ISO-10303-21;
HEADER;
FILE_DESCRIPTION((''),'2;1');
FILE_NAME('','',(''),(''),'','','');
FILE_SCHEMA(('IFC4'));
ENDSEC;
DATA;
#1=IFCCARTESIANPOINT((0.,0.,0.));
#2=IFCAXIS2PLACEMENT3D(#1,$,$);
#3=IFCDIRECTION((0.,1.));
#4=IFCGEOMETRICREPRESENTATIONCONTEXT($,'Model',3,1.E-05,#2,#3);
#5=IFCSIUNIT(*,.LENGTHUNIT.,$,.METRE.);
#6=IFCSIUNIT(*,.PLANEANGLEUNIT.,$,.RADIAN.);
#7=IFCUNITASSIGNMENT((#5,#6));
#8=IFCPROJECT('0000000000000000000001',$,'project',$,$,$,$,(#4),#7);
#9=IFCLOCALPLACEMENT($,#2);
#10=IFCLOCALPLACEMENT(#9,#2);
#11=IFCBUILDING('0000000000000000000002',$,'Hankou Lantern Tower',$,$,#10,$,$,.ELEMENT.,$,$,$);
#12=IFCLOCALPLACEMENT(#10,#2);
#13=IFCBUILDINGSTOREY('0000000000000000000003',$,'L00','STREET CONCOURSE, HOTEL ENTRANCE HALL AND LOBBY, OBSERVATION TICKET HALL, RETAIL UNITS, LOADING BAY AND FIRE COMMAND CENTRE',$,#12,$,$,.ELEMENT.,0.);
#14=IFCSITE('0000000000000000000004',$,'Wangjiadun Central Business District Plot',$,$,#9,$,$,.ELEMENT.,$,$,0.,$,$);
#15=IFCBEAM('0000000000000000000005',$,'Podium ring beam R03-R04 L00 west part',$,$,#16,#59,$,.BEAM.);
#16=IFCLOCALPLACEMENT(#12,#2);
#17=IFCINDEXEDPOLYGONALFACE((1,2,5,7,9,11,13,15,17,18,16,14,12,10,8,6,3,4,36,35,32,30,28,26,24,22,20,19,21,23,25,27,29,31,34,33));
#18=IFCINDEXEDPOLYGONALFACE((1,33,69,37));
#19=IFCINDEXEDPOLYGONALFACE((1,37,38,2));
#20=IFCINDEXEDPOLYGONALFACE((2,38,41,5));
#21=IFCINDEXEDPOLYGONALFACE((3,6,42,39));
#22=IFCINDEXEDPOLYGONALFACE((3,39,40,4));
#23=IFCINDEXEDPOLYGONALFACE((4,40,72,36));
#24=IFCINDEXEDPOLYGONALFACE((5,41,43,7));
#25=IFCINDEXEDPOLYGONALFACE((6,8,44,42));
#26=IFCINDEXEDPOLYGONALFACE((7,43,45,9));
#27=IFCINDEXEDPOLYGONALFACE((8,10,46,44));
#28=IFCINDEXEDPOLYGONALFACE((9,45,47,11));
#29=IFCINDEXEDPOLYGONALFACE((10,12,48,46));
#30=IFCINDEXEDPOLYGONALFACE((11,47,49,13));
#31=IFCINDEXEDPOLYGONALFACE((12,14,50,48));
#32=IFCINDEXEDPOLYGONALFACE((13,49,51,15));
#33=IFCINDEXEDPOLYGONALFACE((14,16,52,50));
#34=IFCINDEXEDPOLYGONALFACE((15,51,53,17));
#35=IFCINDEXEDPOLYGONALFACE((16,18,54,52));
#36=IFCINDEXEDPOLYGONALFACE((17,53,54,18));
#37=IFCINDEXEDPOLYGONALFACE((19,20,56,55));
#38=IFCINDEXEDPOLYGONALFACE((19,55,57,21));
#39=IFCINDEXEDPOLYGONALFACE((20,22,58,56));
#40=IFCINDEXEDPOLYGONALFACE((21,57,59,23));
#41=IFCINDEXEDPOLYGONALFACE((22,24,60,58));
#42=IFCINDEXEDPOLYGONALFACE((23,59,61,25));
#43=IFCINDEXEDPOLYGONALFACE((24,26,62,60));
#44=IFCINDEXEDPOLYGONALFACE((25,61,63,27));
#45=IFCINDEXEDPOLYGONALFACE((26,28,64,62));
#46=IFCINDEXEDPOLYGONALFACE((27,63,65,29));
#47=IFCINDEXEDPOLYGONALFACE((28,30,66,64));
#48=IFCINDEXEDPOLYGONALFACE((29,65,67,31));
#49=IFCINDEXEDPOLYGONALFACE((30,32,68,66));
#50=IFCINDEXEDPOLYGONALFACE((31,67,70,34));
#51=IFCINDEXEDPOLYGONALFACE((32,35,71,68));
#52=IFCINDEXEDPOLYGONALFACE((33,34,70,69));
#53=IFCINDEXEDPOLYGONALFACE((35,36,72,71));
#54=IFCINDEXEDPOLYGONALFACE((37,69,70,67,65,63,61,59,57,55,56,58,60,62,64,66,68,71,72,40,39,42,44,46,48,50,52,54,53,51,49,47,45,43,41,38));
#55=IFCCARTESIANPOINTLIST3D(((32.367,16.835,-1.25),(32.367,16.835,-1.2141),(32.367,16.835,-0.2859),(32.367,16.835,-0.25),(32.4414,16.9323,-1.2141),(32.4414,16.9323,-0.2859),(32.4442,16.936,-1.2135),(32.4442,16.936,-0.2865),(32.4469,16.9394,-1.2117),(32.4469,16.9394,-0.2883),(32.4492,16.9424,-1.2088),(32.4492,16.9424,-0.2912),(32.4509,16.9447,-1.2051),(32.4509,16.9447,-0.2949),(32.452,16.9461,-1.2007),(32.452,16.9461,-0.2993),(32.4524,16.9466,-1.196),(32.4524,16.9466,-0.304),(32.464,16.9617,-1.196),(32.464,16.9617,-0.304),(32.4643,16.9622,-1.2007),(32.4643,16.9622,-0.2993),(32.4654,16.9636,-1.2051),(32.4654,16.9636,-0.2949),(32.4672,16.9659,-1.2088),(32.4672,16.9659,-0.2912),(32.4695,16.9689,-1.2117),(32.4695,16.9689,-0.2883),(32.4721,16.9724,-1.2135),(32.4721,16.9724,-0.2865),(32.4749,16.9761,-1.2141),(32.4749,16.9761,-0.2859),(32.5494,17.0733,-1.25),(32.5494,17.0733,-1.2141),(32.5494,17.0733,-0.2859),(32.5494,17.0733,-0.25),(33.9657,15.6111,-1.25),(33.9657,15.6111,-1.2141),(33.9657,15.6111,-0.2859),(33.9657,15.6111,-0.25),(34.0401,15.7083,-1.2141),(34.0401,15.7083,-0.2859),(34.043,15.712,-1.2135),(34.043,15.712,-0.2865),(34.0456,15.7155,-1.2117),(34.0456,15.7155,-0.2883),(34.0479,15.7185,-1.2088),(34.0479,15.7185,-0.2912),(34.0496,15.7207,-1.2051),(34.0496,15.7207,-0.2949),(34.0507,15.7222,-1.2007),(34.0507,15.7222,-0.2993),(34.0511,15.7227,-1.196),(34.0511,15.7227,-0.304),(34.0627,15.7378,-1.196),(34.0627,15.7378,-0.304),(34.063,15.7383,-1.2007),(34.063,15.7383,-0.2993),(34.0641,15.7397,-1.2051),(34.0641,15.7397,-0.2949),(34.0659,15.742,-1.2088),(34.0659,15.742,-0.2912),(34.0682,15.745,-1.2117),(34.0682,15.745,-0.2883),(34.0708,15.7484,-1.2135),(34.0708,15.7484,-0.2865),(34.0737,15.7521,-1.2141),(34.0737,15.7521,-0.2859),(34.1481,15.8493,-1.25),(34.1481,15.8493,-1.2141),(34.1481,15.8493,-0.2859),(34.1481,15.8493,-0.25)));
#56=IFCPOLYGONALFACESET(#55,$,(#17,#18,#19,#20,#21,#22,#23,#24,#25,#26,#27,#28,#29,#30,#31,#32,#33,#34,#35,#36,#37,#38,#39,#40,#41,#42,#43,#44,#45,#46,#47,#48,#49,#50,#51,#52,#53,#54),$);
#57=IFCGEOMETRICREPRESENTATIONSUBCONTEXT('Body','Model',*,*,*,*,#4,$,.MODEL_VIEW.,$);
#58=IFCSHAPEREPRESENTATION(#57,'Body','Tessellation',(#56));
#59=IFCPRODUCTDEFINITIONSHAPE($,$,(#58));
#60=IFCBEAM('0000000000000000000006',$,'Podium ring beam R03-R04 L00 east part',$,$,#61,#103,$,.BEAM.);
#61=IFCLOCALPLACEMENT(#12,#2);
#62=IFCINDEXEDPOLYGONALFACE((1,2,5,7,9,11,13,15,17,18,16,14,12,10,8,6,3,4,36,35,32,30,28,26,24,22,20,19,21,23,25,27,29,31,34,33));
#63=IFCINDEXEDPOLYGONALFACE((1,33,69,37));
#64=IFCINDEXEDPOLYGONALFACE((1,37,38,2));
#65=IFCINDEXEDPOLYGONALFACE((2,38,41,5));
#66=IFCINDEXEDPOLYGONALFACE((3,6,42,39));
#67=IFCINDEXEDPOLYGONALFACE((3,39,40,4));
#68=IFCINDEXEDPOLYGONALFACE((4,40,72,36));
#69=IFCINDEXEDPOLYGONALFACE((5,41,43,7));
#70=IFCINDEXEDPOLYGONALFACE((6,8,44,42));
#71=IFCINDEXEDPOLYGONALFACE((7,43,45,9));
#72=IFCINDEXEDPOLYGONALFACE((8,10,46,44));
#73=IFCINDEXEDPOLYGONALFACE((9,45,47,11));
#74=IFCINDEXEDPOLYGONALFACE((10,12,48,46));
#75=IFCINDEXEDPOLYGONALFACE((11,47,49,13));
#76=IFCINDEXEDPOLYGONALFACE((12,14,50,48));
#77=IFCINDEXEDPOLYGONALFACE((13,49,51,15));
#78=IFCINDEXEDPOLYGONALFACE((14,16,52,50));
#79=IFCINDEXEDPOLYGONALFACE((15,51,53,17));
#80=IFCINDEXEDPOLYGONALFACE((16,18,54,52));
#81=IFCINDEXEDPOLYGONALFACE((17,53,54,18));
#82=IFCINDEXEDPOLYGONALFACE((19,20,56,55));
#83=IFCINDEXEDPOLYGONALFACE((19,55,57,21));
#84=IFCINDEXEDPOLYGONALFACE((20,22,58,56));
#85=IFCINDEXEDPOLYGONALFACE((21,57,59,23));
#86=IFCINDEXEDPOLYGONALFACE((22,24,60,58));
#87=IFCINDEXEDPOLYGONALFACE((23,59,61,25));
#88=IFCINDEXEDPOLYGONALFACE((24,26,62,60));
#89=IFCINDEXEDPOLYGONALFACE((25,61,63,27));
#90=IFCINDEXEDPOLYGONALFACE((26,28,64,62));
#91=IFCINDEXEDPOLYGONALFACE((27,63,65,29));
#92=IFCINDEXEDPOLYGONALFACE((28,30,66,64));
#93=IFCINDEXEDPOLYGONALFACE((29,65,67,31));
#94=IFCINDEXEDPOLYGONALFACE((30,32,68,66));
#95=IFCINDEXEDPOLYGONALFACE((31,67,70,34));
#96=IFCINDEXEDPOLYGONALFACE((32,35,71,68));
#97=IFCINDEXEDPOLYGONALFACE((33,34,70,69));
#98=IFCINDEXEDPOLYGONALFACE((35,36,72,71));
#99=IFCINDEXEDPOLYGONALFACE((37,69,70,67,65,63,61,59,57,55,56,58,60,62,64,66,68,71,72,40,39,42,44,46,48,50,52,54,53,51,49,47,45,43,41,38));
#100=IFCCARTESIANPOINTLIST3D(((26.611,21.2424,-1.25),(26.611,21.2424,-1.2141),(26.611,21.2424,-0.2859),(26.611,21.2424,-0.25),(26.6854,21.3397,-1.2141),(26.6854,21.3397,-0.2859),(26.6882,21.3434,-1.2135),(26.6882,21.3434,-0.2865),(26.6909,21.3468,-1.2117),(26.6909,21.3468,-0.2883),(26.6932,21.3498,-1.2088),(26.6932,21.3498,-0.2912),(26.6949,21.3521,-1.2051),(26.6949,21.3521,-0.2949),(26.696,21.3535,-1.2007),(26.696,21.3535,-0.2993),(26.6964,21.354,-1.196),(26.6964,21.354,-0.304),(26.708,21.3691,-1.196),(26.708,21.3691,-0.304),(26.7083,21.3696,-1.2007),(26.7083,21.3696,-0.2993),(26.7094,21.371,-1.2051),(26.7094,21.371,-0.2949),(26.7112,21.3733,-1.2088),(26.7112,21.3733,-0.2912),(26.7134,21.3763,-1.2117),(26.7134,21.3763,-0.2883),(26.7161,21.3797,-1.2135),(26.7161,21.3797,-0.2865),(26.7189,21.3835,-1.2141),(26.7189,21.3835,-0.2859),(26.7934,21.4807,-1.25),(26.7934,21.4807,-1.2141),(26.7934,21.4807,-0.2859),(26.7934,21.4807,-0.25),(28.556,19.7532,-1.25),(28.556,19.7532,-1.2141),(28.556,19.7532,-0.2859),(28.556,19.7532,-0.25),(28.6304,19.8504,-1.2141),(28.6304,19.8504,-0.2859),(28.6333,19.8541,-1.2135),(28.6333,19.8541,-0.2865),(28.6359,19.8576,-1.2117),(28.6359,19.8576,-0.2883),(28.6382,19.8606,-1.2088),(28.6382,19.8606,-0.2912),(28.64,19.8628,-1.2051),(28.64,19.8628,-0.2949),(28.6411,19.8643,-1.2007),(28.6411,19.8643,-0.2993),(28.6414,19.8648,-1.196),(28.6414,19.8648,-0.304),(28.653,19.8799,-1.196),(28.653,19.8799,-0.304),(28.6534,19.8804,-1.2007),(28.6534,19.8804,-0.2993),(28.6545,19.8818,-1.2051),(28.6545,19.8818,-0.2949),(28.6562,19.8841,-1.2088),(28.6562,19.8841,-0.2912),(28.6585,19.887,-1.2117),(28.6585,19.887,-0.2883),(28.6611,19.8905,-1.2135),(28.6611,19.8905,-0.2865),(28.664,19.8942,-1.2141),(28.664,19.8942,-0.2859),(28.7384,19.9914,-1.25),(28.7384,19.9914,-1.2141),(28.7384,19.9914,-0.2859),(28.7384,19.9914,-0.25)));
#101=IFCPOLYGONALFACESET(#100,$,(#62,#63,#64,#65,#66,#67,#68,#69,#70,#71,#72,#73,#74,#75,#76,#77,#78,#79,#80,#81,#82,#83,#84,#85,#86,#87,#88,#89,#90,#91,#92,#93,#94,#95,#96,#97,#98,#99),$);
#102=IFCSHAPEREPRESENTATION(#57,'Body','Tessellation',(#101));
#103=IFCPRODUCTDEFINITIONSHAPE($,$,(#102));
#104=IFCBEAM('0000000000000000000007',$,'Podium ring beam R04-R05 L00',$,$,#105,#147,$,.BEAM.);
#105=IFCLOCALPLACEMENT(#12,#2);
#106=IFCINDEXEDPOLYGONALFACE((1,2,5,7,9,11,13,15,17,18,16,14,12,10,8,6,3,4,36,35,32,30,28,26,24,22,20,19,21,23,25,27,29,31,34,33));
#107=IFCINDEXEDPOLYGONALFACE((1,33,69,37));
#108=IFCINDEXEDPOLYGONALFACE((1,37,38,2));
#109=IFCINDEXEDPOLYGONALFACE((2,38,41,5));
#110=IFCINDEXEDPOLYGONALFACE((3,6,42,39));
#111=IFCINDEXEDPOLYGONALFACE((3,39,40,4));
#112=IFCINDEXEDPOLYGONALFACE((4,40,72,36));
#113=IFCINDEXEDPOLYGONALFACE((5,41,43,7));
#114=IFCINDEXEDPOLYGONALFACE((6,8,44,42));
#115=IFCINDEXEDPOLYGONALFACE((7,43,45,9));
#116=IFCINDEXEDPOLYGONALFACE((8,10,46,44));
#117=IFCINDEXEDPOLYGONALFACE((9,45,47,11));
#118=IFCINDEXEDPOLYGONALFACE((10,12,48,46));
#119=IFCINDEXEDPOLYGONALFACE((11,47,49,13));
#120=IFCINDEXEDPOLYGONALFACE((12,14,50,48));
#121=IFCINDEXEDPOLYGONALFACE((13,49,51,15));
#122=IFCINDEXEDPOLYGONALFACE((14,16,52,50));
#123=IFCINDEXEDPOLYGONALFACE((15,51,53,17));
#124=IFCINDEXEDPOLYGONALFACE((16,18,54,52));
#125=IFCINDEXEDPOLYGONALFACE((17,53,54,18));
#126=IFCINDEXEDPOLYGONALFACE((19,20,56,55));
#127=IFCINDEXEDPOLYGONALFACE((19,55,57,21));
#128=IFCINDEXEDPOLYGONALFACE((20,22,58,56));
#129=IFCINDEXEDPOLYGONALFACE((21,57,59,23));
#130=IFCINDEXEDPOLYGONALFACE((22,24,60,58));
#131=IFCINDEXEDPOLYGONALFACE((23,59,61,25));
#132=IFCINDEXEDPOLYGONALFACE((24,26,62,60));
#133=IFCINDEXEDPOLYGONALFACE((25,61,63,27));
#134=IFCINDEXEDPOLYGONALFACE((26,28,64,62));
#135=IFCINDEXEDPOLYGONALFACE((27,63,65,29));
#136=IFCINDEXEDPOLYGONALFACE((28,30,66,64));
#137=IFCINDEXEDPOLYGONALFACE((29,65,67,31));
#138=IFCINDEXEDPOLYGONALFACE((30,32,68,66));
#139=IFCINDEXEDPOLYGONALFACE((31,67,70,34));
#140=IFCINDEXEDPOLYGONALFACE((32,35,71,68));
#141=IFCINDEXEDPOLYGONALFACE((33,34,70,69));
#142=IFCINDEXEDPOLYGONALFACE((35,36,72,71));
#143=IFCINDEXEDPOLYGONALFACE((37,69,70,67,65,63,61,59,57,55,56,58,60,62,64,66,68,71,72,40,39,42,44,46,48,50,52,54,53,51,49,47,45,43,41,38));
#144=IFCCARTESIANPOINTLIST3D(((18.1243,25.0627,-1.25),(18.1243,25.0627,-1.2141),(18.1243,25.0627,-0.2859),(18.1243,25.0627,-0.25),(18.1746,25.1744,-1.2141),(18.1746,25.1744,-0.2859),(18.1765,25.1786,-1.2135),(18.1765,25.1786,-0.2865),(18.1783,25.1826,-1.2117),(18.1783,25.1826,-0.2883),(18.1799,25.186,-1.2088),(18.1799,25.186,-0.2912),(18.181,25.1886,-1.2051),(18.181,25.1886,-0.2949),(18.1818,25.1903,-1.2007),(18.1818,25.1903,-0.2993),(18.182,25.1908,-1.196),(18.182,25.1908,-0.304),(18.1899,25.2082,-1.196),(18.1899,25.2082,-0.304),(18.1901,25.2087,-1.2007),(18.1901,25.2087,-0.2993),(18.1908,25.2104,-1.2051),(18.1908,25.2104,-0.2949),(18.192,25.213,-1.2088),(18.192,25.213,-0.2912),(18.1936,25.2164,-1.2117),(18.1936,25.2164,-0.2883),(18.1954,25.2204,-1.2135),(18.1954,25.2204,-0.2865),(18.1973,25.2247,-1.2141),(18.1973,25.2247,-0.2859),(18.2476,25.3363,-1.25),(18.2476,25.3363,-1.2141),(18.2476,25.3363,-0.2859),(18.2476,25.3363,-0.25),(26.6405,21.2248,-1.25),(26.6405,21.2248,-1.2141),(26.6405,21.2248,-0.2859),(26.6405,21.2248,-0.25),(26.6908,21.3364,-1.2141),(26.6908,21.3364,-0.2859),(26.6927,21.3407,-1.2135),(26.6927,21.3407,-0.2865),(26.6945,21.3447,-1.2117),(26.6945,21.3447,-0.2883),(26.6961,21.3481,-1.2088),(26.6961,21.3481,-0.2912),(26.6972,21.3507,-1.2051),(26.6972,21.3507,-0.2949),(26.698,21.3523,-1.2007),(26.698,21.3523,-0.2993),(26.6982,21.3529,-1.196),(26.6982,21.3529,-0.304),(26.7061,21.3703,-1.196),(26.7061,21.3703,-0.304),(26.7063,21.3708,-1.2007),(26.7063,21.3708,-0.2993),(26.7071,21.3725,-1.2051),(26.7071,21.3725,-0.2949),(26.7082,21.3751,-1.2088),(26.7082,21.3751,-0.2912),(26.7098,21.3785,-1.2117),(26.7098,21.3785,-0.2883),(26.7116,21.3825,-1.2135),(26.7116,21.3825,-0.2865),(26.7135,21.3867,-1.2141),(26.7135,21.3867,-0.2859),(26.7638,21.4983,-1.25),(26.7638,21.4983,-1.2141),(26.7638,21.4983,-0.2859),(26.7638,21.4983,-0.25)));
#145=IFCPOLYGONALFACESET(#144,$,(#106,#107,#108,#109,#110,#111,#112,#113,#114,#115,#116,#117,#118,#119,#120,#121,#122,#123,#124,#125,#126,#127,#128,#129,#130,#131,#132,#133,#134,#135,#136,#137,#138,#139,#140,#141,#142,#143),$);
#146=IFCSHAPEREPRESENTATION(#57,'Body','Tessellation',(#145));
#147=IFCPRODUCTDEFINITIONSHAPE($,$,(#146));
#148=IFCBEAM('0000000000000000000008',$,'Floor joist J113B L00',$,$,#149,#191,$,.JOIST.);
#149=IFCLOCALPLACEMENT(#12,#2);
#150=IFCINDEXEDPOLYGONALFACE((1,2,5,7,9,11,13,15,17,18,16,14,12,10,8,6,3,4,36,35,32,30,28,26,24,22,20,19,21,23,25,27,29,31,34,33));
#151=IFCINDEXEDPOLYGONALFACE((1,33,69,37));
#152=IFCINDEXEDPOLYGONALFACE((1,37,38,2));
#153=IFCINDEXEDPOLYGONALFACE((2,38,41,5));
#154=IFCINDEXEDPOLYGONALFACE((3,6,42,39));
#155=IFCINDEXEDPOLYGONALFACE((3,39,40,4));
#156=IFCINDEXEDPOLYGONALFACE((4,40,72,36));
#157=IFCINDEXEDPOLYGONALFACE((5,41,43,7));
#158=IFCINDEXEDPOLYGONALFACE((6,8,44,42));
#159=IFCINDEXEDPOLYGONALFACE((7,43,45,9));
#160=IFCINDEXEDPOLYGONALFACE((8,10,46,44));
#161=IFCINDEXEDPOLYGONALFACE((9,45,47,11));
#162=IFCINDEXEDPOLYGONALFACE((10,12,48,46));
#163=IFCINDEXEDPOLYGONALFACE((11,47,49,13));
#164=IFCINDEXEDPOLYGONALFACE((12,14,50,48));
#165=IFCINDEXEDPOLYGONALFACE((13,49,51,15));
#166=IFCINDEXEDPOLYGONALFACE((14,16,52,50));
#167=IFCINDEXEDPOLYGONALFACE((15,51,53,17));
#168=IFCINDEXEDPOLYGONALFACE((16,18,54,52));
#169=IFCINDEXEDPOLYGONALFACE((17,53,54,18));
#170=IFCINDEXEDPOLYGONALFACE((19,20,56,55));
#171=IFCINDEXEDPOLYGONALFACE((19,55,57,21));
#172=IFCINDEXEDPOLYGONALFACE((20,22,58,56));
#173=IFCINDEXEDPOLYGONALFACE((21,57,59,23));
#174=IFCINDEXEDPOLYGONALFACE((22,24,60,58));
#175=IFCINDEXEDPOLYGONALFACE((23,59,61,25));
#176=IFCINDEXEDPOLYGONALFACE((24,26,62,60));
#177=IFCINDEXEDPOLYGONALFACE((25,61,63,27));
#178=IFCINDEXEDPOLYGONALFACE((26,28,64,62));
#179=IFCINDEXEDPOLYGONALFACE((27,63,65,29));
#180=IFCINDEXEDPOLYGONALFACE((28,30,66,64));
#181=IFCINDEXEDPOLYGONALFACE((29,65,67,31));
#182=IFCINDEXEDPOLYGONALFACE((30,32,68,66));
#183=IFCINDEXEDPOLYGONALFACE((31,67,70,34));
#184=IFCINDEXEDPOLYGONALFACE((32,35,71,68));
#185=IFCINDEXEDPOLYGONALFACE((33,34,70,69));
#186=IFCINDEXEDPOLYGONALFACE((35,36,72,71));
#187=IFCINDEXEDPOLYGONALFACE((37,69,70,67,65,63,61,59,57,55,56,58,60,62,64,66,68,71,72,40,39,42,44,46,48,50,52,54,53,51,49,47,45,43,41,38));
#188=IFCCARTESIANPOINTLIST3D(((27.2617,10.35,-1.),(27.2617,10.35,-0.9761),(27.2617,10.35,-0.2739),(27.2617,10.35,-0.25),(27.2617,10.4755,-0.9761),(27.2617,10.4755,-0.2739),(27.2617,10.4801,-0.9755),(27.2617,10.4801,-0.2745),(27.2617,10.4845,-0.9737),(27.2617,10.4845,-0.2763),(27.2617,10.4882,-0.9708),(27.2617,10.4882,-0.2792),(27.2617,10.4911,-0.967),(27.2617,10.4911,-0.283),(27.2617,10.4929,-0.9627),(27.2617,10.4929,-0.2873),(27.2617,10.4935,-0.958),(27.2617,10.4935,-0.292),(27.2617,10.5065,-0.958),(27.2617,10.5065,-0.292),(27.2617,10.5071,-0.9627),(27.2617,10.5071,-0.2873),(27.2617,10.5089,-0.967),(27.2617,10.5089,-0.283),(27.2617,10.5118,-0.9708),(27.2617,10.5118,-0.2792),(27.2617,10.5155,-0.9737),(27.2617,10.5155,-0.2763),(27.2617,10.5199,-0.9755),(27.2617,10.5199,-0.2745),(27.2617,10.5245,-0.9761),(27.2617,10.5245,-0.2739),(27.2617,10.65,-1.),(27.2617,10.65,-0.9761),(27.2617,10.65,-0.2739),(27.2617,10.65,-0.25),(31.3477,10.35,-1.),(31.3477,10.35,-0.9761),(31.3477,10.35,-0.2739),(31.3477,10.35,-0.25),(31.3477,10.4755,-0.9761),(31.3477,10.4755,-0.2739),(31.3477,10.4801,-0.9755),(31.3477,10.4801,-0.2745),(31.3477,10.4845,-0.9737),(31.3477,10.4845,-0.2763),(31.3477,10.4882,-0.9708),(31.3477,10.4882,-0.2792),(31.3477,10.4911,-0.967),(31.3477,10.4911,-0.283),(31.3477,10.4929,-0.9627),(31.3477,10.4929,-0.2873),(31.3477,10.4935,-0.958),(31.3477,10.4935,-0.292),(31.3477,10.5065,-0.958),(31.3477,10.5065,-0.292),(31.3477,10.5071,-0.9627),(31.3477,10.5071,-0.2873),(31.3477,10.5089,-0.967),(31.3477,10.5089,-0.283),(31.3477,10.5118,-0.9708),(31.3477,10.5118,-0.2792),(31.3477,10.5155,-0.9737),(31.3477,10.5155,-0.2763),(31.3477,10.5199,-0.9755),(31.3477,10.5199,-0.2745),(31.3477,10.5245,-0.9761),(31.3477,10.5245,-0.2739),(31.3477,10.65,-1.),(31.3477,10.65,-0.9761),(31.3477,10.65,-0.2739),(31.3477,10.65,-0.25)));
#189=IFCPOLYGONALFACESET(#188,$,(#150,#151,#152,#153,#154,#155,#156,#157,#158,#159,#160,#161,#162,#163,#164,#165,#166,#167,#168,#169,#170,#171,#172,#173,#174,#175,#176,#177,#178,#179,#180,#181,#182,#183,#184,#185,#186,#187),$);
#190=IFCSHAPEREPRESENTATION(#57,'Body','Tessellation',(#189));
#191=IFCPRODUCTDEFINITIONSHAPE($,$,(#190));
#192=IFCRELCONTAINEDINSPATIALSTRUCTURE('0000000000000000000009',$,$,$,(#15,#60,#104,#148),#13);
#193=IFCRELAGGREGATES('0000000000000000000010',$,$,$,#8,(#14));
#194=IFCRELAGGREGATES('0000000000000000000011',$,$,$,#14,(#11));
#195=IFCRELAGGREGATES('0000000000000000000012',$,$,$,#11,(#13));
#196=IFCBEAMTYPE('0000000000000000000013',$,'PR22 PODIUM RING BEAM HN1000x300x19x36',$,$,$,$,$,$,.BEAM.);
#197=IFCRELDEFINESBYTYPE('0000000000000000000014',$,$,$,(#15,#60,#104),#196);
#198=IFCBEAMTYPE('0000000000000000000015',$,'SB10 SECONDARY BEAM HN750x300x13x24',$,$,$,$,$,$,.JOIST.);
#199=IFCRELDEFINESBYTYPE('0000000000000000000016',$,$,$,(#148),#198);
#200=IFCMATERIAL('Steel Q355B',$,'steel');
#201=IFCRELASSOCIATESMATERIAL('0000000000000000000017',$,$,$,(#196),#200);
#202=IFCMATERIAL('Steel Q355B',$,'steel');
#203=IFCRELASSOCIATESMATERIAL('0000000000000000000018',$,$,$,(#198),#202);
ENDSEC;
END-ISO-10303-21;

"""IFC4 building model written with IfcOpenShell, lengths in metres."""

from ifc_helpers import new_model, si_unit, direction, frame, origin, origin_2d, place, context, subcontext, project, spatial, i_section, extrude, material, material_profile, profile_set, type_object, element, save


model = new_model("IFC4")

# Units and contexts
model_context = context("Model", 3, precision=1e-05, world=origin(), true_north=direction((0.0, 1.0)))
body_context = subcontext(model_context, "Body", "Model", "MODEL_VIEW")
ifc_project = project(units=[si_unit("LENGTHUNIT", "METRE"), si_unit("PLANEANGLEUNIT", "RADIAN")], contexts=[model_context])

# Site, building, storey
site_placement = place(None, origin())
site = spatial("IfcSite", under=ifc_project, at=site_placement, Name="Wangjiadun Central Business District Plot", CompositionType="ELEMENT", RefElevation=0.0)
building_placement = place(site_placement, origin())
building = spatial("IfcBuilding", under=site, at=building_placement, Name="Hankou Lantern Tower", CompositionType="ELEMENT")
storey_placement = place(building_placement, origin())
storey = spatial("IfcBuildingStorey", under=building, at=storey_placement, Name="L00", Description="STREET CONCOURSE, HOTEL ENTRANCE HALL AND LOBBY, OBSERVATION TICKET HALL, RETAIL UNITS, LOADING BAY AND FIRE COMMAND CENTRE", CompositionType="ELEMENT", Elevation=0.0)

# Beams
ifc_material_1 = material(Name="Steel Q355B", Category="steel")
ifc_material_profile_1 = material_profile(ifc_material_1, i_section(OverallWidth=0.3, OverallDepth=1.0, WebThickness=0.019, FlangeThickness=0.0359, FilletRadius=0.0181, at=origin_2d()), Name="HN1000x300x19x36")
ifc_profile_set_1 = profile_set([ifc_material_profile_1], Name="Steel Q355B")
beam_type_1 = type_object("IfcBeamType", Name="PR22 PODIUM RING BEAM HN1000x300x19x36", PredefinedType="BEAM", material=ifc_profile_set_1)
beam_1_placement = place(storey_placement, frame((34.0569, 15.7302, -0.75), z_axis=(-0.794024, 0.607887, 0.0), x_axis=(-0.607887, -0.794024, 0.0)))
element("IfcBeam", 1, at=beam_1_placement, inside=storey, type_object=beam_type_1, Name="Podium ring beam R03-R04 L00 west part", PredefinedType="BEAM", context=body_context, shape_type="SweptSolid", body=[
    extrude(i_section(OverallWidth=0.3, OverallDepth=1.0, WebThickness=0.019, FlangeThickness=0.0359, FilletRadius=0.0181, at=origin_2d()), origin(), (0.0, 0.0, 1.0), 2.0134),
])
beam_2_placement = place(storey_placement, frame((28.6472, 19.8723, -0.75), z_axis=(-0.793993, 0.607927, 0.0), x_axis=(-0.607927, -0.793993, 0.0)))
element("IfcBeam", 2, at=beam_2_placement, inside=storey, type_object=beam_type_1, Name="Podium ring beam R03-R04 L00 east part", PredefinedType="BEAM", context=body_context, shape_type="SweptSolid", body=[
    extrude(i_section(OverallWidth=0.3, OverallDepth=1.0, WebThickness=0.019, FlangeThickness=0.0359, FilletRadius=0.0181, at=origin_2d()), origin(), (0.0, 0.0, 1.0), 2.4497),
])
beam_3_placement = place(storey_placement, frame((26.7021, 21.3616, -0.75), z_axis=(-0.911695, 0.410867, 0.0), x_axis=(-0.410867, -0.911695, 0.0)))
element("IfcBeam", 3, at=beam_3_placement, inside=storey, type_object=beam_type_1, Name="Podium ring beam R04-R05 L00", PredefinedType="BEAM", context=body_context, shape_type="SweptSolid", body=[
    extrude(i_section(OverallWidth=0.3, OverallDepth=1.0, WebThickness=0.019, FlangeThickness=0.0359, FilletRadius=0.0181, at=origin_2d()), origin(), (0.0, 0.0, 1.0), 9.3411),
])
ifc_material_2 = material(Name="Steel Q355B", Category="steel")
ifc_material_profile_2 = material_profile(ifc_material_2, i_section(OverallWidth=0.3, OverallDepth=0.75, WebThickness=0.0129, FlangeThickness=0.0239, FilletRadius=0.0181, at=origin_2d()), Name="HN750x300x13x24")
ifc_profile_set_2 = profile_set([ifc_material_profile_2], Name="Steel Q355B")
beam_type_2 = type_object("IfcBeamType", Name="SB10 SECONDARY BEAM HN750x300x13x24", PredefinedType="JOIST", material=ifc_profile_set_2)
beam_4_placement = place(storey_placement, frame((27.2617, 10.5, -0.625), z_axis=(1.0, 0.0, 0.0), x_axis=(0.0, 1.0, 0.0)))
element("IfcBeam", 4, at=beam_4_placement, inside=storey, type_object=beam_type_2, Name="Floor joist J113B L00", PredefinedType="JOIST", context=body_context, shape_type="SweptSolid", body=[
    extrude(i_section(OverallWidth=0.3, OverallDepth=0.75, WebThickness=0.0129, FlangeThickness=0.0239, FilletRadius=0.0181, at=origin_2d()), origin(), (0.0, 0.0, 1.0), 4.0859),
])

save(model, "model.ifc")
